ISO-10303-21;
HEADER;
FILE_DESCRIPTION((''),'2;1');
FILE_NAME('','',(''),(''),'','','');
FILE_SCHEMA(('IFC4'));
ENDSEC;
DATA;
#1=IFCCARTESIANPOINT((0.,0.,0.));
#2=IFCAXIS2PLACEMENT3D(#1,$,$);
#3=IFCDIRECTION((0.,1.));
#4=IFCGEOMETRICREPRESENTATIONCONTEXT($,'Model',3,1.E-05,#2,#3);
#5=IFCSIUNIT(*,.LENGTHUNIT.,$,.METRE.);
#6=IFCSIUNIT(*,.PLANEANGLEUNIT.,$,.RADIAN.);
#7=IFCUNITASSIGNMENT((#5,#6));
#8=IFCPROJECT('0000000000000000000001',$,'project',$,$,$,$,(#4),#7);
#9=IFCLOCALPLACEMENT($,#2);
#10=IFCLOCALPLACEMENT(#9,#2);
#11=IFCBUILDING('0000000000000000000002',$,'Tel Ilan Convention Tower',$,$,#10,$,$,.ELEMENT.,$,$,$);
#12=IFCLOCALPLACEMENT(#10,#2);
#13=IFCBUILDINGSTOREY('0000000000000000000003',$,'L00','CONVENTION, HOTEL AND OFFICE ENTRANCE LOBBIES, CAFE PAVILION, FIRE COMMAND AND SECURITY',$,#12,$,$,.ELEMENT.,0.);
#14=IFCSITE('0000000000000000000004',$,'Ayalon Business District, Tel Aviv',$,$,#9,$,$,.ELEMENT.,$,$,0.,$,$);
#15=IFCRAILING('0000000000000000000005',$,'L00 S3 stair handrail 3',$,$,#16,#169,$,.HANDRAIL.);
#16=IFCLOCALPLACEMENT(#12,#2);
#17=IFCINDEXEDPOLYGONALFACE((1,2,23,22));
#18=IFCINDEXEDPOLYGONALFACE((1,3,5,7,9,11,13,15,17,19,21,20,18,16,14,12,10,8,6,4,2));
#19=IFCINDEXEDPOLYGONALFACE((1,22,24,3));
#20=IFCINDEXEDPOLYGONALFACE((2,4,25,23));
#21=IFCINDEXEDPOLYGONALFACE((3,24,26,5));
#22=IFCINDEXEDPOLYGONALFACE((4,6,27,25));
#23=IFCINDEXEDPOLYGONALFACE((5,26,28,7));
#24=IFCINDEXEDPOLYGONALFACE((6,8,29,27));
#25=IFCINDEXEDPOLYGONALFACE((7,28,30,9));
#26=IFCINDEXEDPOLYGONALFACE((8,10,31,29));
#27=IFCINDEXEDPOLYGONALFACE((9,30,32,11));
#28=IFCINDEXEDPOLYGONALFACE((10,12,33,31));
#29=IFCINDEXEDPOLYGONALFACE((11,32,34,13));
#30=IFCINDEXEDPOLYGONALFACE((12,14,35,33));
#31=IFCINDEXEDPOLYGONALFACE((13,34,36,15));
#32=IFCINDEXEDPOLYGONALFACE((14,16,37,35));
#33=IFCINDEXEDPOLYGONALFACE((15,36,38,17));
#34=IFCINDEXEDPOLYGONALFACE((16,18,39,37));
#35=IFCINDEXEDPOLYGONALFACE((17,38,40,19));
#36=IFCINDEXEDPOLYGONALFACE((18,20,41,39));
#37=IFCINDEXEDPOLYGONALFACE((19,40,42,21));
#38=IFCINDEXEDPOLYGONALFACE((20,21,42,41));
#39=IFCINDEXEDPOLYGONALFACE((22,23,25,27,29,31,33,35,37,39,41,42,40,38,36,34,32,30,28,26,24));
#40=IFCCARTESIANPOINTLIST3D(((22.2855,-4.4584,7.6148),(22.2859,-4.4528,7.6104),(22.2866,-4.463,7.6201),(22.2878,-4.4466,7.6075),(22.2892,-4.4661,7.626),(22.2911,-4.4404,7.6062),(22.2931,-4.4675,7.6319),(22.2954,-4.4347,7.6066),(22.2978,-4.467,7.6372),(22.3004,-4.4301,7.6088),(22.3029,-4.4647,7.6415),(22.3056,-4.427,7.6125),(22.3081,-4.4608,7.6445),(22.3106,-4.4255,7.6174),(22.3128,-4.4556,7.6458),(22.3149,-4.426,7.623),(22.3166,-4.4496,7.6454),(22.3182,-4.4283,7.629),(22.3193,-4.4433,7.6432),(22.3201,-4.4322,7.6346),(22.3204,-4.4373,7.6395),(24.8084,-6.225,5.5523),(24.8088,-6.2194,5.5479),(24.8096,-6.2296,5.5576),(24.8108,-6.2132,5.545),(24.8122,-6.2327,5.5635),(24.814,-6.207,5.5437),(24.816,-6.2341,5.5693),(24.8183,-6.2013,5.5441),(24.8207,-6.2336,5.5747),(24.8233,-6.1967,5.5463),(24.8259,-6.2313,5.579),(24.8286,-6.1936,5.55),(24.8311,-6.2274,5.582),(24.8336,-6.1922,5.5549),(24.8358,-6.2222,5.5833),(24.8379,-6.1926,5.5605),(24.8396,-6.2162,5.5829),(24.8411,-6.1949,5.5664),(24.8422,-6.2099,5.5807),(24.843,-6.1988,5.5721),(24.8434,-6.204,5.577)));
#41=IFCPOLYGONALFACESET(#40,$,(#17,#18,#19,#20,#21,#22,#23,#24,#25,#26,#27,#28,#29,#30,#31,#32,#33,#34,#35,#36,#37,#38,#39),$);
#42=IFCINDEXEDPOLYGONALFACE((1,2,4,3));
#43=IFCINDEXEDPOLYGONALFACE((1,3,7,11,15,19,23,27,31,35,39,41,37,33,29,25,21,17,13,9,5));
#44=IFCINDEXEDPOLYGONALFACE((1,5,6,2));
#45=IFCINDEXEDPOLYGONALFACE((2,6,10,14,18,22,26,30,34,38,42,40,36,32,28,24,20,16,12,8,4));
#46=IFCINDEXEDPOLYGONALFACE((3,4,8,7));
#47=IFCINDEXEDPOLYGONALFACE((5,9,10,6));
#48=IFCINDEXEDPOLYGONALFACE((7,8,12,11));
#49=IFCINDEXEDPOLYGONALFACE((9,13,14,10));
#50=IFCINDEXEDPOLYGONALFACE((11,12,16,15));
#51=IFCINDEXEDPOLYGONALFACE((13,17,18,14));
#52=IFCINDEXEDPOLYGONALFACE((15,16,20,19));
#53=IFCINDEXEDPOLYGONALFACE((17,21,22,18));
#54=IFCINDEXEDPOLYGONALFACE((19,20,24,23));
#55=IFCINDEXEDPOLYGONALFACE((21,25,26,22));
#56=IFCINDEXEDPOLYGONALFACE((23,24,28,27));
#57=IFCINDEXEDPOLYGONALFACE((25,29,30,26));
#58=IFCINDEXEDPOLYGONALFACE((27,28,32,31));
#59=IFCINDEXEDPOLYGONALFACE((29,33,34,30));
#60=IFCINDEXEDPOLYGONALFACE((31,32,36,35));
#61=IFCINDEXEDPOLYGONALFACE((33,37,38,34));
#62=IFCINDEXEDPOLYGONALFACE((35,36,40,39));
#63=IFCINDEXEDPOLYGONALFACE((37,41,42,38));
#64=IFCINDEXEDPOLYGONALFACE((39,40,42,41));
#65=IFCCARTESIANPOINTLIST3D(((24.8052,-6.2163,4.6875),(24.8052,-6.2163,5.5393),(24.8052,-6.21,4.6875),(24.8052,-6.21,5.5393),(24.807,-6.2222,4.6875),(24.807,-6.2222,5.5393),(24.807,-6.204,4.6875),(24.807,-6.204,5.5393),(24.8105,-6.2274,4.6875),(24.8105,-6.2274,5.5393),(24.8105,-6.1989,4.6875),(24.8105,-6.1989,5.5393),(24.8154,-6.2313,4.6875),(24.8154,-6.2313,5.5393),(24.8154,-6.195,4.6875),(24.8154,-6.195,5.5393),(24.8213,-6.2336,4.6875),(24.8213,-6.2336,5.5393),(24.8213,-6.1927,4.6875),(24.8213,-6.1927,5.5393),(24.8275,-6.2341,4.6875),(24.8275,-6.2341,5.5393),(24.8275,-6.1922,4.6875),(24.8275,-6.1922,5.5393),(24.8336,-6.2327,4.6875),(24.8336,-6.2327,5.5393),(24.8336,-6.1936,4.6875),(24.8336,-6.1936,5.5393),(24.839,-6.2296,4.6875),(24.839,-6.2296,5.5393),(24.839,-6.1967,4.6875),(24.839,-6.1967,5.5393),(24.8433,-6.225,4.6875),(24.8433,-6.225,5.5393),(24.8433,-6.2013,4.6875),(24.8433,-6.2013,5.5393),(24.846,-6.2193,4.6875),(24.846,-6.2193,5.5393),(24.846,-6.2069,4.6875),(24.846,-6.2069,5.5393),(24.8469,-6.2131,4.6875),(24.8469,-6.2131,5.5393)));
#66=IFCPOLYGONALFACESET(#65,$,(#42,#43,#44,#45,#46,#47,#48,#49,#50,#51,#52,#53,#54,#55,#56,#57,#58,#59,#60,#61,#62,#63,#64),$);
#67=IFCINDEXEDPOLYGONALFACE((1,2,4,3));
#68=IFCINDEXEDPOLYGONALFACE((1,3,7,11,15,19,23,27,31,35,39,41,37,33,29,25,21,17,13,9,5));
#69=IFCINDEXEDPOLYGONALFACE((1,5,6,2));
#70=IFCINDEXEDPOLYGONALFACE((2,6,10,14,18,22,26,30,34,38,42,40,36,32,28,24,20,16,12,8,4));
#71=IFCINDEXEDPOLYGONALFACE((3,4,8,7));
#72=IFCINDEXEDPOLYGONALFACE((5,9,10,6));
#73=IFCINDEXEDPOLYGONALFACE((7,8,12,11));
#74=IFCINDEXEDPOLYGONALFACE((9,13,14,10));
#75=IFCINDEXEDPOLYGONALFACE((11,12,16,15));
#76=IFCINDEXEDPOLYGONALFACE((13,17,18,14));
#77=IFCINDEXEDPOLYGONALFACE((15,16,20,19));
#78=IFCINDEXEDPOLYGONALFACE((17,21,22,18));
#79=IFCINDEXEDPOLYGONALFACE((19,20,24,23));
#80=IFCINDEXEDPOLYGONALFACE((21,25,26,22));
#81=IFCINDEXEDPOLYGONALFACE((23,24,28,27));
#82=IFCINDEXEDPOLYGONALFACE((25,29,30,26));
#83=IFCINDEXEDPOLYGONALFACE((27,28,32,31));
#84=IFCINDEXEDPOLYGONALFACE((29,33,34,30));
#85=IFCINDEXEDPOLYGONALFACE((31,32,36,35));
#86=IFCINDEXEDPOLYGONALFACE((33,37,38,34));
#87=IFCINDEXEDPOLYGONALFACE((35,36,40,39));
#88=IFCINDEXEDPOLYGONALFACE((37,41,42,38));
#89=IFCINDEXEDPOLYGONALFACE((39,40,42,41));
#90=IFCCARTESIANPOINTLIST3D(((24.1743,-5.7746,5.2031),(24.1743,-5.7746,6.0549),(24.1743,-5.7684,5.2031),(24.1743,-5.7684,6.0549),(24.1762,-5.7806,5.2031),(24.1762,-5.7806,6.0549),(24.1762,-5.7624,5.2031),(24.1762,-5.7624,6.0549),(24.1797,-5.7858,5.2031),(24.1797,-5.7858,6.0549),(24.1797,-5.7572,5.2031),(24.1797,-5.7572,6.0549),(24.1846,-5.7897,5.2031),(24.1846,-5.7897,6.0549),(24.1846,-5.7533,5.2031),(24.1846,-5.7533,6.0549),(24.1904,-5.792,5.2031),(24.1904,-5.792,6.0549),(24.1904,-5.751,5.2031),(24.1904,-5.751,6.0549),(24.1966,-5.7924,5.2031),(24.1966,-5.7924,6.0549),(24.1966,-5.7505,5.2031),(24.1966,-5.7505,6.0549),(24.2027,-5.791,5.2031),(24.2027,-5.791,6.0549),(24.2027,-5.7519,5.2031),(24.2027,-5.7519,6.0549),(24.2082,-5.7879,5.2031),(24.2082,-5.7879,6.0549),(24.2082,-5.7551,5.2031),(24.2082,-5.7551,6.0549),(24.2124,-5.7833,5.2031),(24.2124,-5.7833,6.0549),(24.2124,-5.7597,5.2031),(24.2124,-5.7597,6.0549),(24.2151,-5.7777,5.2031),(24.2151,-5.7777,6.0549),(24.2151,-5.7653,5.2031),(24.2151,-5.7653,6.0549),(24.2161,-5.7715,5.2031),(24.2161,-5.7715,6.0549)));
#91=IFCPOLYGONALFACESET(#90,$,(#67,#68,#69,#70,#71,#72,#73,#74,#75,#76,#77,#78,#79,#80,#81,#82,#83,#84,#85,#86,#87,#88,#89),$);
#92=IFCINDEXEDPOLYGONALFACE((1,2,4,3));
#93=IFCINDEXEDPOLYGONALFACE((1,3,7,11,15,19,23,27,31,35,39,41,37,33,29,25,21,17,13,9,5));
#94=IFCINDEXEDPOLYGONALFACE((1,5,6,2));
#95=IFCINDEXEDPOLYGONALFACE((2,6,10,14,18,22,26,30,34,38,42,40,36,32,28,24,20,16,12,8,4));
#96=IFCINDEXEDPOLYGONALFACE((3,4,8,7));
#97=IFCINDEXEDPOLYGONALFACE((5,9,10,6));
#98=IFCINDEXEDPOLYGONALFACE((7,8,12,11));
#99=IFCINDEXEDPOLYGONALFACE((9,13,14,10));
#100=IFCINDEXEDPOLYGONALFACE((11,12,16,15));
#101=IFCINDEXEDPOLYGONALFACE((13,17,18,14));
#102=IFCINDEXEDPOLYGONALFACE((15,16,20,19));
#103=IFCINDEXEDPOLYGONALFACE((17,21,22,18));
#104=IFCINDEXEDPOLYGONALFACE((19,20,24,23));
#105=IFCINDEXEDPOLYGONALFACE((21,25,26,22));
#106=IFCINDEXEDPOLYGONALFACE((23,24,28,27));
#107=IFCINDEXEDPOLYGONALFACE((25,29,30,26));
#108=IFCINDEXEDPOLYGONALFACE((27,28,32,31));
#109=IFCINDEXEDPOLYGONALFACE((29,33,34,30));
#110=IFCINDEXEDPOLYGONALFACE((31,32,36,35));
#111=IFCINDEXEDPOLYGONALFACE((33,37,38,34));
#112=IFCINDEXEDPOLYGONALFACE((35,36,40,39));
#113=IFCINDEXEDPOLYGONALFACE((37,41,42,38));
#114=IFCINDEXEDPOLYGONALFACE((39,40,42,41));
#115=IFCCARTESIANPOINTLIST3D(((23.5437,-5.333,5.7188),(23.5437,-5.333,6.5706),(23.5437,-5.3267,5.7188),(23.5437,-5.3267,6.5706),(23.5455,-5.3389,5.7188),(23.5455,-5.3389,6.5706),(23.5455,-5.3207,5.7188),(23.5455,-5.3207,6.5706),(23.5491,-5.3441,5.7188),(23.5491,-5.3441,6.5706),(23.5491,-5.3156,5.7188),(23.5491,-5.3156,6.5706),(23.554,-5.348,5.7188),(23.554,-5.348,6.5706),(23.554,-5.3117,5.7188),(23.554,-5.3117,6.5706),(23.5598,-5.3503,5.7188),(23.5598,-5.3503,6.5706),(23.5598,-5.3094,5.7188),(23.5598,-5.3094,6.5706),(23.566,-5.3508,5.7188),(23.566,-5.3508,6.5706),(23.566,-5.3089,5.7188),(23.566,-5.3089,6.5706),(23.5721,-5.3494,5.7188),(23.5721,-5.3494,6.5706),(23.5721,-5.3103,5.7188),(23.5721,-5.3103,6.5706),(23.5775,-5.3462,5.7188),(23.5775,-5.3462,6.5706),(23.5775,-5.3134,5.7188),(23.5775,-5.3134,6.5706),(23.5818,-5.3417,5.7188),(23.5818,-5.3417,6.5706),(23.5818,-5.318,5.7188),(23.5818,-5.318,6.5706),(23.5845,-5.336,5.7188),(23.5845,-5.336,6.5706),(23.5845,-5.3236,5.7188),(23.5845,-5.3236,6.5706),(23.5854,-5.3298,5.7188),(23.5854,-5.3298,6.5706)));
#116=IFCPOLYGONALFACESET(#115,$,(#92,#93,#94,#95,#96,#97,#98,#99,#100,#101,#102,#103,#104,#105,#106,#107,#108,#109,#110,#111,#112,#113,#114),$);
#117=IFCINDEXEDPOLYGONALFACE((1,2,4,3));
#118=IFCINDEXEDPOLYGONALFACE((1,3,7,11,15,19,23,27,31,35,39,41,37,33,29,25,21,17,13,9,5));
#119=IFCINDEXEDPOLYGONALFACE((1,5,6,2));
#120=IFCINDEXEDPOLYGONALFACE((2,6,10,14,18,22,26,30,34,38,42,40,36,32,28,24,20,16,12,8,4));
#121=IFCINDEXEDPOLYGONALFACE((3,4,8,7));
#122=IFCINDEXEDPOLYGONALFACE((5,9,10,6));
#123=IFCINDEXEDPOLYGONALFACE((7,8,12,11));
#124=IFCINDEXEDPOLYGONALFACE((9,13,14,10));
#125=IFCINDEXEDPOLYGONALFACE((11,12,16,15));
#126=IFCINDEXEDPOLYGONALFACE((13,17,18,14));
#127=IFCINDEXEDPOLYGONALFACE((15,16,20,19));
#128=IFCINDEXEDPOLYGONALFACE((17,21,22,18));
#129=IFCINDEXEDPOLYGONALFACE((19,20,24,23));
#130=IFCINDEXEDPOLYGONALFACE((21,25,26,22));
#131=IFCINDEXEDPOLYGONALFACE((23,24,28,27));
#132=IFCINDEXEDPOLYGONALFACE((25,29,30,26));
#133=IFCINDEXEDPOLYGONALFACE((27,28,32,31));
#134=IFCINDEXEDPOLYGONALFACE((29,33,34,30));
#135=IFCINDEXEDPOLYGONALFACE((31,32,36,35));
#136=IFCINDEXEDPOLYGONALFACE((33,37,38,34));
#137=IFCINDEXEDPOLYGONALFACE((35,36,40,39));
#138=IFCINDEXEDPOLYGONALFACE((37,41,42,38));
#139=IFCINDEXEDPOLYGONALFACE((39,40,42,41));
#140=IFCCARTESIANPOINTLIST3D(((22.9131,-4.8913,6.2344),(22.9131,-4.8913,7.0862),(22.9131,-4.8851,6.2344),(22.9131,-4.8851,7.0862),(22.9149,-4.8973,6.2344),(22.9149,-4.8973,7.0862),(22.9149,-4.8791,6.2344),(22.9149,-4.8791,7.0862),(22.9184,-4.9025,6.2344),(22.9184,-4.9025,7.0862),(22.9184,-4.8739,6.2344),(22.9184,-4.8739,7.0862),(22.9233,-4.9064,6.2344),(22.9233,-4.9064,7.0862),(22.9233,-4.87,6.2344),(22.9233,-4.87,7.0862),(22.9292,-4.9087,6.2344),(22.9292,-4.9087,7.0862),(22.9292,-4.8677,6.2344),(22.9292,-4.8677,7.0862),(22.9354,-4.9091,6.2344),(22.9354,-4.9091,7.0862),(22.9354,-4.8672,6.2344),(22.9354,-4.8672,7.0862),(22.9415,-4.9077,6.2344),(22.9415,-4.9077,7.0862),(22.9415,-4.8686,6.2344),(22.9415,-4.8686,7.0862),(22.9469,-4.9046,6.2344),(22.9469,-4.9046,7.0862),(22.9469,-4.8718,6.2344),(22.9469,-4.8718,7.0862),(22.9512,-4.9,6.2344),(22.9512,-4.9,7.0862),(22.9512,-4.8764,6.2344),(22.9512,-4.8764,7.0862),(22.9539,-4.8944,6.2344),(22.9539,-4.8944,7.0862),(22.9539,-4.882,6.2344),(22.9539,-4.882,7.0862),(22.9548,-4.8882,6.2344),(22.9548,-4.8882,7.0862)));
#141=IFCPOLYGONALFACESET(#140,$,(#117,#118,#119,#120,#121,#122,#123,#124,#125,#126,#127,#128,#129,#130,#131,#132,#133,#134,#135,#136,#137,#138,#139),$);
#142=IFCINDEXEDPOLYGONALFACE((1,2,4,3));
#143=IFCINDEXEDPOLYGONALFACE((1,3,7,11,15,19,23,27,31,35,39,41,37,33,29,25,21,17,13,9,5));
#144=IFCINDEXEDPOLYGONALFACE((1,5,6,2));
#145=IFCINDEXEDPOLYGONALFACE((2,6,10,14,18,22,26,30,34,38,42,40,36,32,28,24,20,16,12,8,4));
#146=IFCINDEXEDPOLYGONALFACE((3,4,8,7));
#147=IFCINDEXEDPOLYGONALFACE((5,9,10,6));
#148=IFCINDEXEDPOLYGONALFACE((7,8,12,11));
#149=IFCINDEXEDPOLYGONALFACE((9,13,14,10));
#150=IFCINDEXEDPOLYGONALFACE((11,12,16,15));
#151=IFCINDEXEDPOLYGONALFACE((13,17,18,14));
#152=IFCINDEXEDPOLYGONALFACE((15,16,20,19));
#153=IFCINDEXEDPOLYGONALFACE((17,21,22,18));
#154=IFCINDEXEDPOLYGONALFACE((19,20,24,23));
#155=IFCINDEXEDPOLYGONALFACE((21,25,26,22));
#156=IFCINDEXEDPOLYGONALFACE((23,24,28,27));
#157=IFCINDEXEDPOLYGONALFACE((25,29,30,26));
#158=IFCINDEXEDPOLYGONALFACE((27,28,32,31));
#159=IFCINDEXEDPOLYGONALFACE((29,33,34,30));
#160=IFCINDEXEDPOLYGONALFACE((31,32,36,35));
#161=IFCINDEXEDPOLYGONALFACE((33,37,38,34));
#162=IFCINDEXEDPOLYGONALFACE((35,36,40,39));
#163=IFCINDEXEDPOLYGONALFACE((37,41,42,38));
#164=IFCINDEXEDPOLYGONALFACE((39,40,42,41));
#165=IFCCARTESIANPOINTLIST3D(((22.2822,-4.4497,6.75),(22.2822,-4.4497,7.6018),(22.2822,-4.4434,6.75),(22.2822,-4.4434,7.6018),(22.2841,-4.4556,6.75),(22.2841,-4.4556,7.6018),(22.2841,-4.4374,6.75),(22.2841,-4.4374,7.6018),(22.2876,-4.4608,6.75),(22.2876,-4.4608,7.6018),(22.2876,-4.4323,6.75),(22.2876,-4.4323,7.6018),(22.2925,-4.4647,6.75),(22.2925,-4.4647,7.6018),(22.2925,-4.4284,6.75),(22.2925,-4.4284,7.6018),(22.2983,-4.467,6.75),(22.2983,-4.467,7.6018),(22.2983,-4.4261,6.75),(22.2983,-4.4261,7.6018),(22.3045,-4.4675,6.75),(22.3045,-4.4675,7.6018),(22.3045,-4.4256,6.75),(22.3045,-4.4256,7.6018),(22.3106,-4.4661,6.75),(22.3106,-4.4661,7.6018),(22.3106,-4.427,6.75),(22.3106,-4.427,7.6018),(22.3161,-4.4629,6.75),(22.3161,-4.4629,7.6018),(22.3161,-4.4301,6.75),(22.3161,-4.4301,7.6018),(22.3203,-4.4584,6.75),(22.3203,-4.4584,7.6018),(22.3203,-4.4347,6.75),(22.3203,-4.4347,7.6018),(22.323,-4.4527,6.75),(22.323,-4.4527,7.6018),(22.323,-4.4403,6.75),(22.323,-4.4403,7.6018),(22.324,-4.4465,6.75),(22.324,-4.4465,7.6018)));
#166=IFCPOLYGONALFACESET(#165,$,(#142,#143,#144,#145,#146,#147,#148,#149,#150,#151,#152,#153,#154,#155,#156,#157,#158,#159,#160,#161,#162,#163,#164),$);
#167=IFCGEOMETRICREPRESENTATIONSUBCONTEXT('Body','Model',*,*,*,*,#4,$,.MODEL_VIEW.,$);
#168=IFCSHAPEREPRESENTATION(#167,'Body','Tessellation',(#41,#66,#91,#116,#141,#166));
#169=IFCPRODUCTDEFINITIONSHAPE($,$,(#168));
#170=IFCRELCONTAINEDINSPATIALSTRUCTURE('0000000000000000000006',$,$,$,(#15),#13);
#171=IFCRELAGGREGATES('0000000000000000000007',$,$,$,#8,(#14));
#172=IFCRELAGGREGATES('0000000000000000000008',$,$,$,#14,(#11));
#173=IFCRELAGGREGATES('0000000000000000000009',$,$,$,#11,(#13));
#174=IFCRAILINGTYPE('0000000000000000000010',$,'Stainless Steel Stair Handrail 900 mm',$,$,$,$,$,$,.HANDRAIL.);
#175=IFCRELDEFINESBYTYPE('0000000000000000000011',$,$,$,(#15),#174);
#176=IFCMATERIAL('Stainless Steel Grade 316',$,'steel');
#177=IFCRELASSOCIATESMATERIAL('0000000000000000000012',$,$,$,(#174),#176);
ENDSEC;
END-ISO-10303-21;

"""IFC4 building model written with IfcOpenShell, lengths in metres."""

from ifc_helpers import new_model, si_unit, direction, frame, origin, origin_2d, place, context, subcontext, project, spatial, circle, extrude, material, type_object, element, save


model = new_model("IFC4")

# Units and contexts
model_context = context("Model", 3, precision=1e-05, world=origin(), true_north=direction((0.0, 1.0)))
body_context = subcontext(model_context, "Body", "Model", "MODEL_VIEW")
ifc_project = project(units=[si_unit("LENGTHUNIT", "METRE"), si_unit("PLANEANGLEUNIT", "RADIAN")], contexts=[model_context])

# Site, building, storey
site_placement = place(None, origin())
site = spatial("IfcSite", under=ifc_project, at=site_placement, Name="Ayalon Business District, Tel Aviv", CompositionType="ELEMENT", RefElevation=0.0)
building_placement = place(site_placement, origin())
building = spatial("IfcBuilding", under=site, at=building_placement, Name="Tel Ilan Convention Tower", CompositionType="ELEMENT")
storey_placement = place(building_placement, origin())
storey = spatial("IfcBuildingStorey", under=building, at=storey_placement, Name="L00", Description="CONVENTION, HOTEL AND OFFICE ENTRANCE LOBBIES, CAFE PAVILION, FIRE COMMAND AND SECURITY", CompositionType="ELEMENT", Elevation=0.0)

# Railing
ifc_material_1 = material(Name="Stainless Steel Grade 316", Category="steel")
railing_type_1 = type_object("IfcRailingType", Name="Stainless Steel Stair Handrail 900 mm", PredefinedType="HANDRAIL", material=ifc_material_1)
for number, where, name in (
    (1, (24.8259, -6.2131, 4.6875), "L00 S3 stair handrail 3"),
):
    element("IfcRailing", number, at=place(storey_placement, frame(where)), inside=storey, type_object=railing_type_1, Name=name, PredefinedType="HANDRAIL", context=body_context, shape_type="SweptSolid", body=[
        extrude(circle(Radius=0.0239, at=origin_2d()), frame((0.0, 0.0, 0.876), z_axis=(-0.680635, 0.476589, 0.556416), x_axis=(-0.573579, -0.81915, 0.0)), (0.0, 0.0, 1.0), 3.7068),
        extrude(circle(Radius=0.021, at=origin_2d()), origin(), (0.0, 0.0, 1.0), 0.8518),
        extrude(circle(Radius=0.021, at=origin_2d()), frame((-0.6309, 0.4417, 0.5156)), (0.0, 0.0, 1.0), 0.8518),
        extrude(circle(Radius=0.021, at=origin_2d()), frame((-1.2615, 0.8833, 1.0312)), (0.0, 0.0, 1.0), 0.8518),
        extrude(circle(Radius=0.021, at=origin_2d()), frame((-1.8921, 1.325, 1.5469)), (0.0, 0.0, 1.0), 0.8518),
        extrude(circle(Radius=0.021, at=origin_2d()), frame((-2.5229, 1.7666, 2.0625)), (0.0, 0.0, 1.0), 0.8518),
    ])

save(model, "model.ifc")
